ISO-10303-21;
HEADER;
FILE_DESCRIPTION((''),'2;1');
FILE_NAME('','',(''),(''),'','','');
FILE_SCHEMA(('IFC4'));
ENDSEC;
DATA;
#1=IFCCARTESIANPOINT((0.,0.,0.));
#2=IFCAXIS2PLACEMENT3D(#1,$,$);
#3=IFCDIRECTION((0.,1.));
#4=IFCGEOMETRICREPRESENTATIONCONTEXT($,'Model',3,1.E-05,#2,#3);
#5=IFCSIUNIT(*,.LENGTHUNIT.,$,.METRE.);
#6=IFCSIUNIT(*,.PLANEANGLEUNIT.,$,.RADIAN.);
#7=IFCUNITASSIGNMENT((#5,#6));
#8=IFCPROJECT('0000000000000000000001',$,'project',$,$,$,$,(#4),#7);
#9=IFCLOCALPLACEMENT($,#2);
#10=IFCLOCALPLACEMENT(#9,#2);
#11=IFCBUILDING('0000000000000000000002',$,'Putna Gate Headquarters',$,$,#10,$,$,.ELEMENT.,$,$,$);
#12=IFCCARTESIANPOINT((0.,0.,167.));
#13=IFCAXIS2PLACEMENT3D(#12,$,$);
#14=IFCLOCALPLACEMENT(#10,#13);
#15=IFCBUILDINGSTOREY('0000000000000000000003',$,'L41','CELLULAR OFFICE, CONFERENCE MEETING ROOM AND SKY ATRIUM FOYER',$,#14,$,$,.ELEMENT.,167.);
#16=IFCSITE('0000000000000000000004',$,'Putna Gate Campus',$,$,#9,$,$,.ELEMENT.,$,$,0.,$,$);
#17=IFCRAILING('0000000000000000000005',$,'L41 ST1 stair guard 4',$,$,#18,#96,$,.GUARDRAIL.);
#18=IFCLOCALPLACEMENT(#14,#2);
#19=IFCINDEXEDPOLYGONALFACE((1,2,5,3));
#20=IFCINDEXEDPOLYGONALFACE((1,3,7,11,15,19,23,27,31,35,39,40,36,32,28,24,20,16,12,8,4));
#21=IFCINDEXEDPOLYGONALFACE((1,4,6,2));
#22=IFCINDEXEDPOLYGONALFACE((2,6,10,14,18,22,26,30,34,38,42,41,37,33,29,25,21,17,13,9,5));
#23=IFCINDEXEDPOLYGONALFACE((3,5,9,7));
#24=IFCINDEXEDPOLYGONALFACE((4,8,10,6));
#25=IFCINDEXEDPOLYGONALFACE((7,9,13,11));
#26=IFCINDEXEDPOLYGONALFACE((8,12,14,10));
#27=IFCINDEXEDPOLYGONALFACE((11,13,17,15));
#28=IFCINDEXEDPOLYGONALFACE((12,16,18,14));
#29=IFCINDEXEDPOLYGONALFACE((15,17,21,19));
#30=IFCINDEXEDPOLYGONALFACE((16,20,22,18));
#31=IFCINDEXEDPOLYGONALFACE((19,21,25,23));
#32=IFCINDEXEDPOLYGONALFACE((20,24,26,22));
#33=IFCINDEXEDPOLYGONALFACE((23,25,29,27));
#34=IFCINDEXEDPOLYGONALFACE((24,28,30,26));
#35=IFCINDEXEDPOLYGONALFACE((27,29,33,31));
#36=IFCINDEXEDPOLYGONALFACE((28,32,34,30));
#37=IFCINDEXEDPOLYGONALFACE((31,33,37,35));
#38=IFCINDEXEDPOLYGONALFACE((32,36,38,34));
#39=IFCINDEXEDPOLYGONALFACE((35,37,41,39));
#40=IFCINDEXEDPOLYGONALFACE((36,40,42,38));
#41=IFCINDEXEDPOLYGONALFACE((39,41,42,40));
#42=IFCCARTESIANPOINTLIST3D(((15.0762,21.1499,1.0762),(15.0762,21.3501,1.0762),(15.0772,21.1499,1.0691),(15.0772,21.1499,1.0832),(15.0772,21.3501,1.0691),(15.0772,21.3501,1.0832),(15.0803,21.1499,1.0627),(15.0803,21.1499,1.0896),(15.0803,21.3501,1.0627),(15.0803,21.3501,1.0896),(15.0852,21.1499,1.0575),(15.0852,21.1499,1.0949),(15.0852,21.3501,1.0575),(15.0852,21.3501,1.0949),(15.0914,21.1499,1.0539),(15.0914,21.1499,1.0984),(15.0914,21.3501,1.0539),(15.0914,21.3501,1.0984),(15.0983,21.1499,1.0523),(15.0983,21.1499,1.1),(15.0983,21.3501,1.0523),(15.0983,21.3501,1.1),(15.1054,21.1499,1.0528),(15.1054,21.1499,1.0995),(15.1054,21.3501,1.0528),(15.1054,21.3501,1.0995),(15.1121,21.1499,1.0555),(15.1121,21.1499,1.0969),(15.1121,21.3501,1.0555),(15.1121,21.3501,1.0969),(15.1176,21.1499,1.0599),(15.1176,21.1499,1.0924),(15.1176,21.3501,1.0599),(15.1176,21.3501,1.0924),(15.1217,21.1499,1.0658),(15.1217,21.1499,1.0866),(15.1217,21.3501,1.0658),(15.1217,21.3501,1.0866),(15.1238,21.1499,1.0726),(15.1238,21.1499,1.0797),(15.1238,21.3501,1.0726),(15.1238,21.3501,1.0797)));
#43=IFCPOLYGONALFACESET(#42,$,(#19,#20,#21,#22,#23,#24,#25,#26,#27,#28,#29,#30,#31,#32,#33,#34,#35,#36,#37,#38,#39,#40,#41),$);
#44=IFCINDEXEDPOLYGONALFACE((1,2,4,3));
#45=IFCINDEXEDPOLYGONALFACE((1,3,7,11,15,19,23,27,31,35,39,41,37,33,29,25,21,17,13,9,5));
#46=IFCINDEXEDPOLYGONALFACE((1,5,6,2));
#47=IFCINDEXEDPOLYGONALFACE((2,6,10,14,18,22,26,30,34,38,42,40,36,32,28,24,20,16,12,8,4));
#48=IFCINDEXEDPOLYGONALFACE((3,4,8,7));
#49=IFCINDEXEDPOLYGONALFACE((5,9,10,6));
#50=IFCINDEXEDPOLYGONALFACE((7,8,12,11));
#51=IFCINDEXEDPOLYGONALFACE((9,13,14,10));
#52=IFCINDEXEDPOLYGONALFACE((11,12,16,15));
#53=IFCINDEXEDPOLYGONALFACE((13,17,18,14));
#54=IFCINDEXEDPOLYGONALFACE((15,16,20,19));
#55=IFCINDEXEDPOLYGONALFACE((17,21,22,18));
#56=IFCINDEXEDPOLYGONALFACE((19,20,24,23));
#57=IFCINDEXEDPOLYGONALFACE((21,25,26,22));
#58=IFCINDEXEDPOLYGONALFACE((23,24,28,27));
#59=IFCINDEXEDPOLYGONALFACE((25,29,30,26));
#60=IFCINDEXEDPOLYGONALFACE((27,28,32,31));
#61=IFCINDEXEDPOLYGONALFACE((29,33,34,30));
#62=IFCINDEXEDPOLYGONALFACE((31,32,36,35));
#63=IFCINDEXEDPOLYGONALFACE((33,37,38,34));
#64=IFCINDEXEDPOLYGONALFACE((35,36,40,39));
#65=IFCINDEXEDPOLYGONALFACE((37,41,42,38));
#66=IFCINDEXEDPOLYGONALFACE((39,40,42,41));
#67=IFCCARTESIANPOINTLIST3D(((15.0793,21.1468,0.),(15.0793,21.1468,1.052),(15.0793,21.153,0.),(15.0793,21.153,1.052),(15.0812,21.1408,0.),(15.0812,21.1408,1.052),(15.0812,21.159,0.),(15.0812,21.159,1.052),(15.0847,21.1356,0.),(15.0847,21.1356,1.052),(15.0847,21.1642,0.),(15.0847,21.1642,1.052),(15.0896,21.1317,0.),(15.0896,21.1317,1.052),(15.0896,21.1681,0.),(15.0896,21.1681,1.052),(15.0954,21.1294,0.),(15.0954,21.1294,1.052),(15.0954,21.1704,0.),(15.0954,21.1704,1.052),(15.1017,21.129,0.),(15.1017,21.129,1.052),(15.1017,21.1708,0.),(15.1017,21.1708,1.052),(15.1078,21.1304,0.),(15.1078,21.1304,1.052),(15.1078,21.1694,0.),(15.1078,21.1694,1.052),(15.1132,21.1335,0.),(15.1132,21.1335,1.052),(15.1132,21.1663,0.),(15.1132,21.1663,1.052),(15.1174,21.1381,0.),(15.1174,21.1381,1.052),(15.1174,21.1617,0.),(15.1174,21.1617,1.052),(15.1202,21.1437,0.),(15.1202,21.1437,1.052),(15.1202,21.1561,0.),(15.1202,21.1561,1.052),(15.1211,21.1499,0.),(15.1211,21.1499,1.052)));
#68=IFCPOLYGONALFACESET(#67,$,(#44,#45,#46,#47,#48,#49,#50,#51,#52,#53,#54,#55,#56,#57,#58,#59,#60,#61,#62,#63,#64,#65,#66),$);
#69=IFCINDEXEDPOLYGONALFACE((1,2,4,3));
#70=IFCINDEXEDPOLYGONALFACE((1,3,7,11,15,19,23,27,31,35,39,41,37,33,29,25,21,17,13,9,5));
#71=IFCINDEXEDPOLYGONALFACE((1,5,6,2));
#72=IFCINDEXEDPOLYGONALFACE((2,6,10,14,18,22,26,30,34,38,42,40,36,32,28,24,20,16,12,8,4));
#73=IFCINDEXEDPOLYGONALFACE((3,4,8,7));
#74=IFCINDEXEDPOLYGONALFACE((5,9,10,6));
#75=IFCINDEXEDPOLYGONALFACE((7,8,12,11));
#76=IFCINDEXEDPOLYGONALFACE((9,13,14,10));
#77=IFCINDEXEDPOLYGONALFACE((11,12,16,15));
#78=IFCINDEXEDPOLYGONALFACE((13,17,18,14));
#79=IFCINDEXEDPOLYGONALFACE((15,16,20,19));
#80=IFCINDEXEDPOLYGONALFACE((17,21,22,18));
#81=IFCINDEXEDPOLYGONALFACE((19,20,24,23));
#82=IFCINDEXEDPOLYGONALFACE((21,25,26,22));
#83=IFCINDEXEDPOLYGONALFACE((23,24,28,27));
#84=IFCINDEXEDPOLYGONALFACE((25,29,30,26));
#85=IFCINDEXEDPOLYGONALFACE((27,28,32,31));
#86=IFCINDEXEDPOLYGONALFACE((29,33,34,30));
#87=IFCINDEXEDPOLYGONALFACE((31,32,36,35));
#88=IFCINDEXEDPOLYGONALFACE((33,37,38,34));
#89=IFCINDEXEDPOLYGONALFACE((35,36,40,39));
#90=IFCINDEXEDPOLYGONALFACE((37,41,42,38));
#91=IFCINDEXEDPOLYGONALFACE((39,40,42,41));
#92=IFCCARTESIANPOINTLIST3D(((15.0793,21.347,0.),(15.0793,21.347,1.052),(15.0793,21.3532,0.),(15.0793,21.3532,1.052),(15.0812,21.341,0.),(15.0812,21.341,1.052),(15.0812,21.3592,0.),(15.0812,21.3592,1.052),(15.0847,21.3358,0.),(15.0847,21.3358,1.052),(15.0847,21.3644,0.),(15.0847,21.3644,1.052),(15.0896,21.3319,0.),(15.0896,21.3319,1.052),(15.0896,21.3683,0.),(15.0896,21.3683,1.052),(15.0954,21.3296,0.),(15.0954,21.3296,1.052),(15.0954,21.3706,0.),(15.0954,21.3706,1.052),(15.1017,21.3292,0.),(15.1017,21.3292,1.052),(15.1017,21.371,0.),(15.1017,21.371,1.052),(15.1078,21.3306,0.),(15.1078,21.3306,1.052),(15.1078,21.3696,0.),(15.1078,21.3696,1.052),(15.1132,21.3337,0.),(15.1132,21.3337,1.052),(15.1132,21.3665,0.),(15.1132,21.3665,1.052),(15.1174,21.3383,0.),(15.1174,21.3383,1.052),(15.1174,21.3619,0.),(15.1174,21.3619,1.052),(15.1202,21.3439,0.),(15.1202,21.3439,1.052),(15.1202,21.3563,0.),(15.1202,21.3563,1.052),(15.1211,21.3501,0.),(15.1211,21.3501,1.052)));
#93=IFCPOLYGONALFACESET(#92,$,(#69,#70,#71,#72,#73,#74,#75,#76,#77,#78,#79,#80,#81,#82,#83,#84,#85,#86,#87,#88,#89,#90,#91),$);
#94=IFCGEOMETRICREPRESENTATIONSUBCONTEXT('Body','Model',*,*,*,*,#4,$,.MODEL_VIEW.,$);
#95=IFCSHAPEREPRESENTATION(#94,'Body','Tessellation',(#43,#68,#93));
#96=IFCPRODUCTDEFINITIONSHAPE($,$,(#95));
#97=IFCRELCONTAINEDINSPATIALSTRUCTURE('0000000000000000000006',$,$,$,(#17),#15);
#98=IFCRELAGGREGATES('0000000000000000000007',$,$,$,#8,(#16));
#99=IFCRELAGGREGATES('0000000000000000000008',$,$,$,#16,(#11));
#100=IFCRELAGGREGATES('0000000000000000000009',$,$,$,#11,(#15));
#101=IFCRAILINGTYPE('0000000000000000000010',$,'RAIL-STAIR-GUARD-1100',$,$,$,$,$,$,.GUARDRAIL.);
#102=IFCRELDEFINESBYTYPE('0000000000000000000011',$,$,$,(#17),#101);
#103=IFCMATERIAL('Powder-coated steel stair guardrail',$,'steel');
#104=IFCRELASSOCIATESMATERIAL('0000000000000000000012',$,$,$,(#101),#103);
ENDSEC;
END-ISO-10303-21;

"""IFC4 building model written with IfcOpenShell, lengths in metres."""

from ifc_helpers import new_model, si_unit, direction, frame, origin, origin_2d, place, context, subcontext, project, spatial, circle, extrude, material, type_object, element, save


model = new_model("IFC4")

# Units and contexts
model_context = context("Model", 3, precision=1e-05, world=origin(), true_north=direction((0.0, 1.0)))
body_context = subcontext(model_context, "Body", "Model", "MODEL_VIEW")
ifc_project = project(units=[si_unit("LENGTHUNIT", "METRE"), si_unit("PLANEANGLEUNIT", "RADIAN")], contexts=[model_context])

# Site, building, storey
site_placement = place(None, origin())
site = spatial("IfcSite", under=ifc_project, at=site_placement, Name="Putna Gate Campus", CompositionType="ELEMENT", RefElevation=0.0)
building_placement = place(site_placement, origin())
building = spatial("IfcBuilding", under=site, at=building_placement, Name="Putna Gate Headquarters", CompositionType="ELEMENT")
storey_placement = place(building_placement, frame((0.0, 0.0, 167.0)))
storey = spatial("IfcBuildingStorey", under=building, at=storey_placement, Name="L41", Description="CELLULAR OFFICE, CONFERENCE MEETING ROOM AND SKY ATRIUM FOYER", CompositionType="ELEMENT", Elevation=167.0)

# Railing
ifc_material_1 = material(Name="Powder-coated steel stair guardrail", Category="steel")
railing_type_1 = type_object("IfcRailingType", Name="RAIL-STAIR-GUARD-1100", PredefinedType="GUARDRAIL", material=ifc_material_1)
railing_1_placement = place(storey_placement, frame((15.1001, 21.1499, 0.0)))
element("IfcRailing", 1, at=railing_1_placement, inside=storey, type_object=railing_type_1, Name="L41 ST1 stair guard 4", PredefinedType="GUARDRAIL", context=body_context, shape_type="SweptSolid", body=[
    extrude(circle(Radius=0.0239, at=origin_2d()), frame((0.0, 0.0, 1.0762), z_axis=(0.0, 1.0, 0.0), x_axis=(-1.0, 0.0, 0.0)), (0.0, 0.0, 1.0), 0.2002),
    extrude(circle(Radius=0.021, at=origin_2d()), origin(), (0.0, 0.0, 1.0), 1.052),
    extrude(circle(Radius=0.021, at=origin_2d()), frame((0.0, 0.2002, 0.0)), (0.0, 0.0, 1.0), 1.052),
])

save(model, "model.ifc")
